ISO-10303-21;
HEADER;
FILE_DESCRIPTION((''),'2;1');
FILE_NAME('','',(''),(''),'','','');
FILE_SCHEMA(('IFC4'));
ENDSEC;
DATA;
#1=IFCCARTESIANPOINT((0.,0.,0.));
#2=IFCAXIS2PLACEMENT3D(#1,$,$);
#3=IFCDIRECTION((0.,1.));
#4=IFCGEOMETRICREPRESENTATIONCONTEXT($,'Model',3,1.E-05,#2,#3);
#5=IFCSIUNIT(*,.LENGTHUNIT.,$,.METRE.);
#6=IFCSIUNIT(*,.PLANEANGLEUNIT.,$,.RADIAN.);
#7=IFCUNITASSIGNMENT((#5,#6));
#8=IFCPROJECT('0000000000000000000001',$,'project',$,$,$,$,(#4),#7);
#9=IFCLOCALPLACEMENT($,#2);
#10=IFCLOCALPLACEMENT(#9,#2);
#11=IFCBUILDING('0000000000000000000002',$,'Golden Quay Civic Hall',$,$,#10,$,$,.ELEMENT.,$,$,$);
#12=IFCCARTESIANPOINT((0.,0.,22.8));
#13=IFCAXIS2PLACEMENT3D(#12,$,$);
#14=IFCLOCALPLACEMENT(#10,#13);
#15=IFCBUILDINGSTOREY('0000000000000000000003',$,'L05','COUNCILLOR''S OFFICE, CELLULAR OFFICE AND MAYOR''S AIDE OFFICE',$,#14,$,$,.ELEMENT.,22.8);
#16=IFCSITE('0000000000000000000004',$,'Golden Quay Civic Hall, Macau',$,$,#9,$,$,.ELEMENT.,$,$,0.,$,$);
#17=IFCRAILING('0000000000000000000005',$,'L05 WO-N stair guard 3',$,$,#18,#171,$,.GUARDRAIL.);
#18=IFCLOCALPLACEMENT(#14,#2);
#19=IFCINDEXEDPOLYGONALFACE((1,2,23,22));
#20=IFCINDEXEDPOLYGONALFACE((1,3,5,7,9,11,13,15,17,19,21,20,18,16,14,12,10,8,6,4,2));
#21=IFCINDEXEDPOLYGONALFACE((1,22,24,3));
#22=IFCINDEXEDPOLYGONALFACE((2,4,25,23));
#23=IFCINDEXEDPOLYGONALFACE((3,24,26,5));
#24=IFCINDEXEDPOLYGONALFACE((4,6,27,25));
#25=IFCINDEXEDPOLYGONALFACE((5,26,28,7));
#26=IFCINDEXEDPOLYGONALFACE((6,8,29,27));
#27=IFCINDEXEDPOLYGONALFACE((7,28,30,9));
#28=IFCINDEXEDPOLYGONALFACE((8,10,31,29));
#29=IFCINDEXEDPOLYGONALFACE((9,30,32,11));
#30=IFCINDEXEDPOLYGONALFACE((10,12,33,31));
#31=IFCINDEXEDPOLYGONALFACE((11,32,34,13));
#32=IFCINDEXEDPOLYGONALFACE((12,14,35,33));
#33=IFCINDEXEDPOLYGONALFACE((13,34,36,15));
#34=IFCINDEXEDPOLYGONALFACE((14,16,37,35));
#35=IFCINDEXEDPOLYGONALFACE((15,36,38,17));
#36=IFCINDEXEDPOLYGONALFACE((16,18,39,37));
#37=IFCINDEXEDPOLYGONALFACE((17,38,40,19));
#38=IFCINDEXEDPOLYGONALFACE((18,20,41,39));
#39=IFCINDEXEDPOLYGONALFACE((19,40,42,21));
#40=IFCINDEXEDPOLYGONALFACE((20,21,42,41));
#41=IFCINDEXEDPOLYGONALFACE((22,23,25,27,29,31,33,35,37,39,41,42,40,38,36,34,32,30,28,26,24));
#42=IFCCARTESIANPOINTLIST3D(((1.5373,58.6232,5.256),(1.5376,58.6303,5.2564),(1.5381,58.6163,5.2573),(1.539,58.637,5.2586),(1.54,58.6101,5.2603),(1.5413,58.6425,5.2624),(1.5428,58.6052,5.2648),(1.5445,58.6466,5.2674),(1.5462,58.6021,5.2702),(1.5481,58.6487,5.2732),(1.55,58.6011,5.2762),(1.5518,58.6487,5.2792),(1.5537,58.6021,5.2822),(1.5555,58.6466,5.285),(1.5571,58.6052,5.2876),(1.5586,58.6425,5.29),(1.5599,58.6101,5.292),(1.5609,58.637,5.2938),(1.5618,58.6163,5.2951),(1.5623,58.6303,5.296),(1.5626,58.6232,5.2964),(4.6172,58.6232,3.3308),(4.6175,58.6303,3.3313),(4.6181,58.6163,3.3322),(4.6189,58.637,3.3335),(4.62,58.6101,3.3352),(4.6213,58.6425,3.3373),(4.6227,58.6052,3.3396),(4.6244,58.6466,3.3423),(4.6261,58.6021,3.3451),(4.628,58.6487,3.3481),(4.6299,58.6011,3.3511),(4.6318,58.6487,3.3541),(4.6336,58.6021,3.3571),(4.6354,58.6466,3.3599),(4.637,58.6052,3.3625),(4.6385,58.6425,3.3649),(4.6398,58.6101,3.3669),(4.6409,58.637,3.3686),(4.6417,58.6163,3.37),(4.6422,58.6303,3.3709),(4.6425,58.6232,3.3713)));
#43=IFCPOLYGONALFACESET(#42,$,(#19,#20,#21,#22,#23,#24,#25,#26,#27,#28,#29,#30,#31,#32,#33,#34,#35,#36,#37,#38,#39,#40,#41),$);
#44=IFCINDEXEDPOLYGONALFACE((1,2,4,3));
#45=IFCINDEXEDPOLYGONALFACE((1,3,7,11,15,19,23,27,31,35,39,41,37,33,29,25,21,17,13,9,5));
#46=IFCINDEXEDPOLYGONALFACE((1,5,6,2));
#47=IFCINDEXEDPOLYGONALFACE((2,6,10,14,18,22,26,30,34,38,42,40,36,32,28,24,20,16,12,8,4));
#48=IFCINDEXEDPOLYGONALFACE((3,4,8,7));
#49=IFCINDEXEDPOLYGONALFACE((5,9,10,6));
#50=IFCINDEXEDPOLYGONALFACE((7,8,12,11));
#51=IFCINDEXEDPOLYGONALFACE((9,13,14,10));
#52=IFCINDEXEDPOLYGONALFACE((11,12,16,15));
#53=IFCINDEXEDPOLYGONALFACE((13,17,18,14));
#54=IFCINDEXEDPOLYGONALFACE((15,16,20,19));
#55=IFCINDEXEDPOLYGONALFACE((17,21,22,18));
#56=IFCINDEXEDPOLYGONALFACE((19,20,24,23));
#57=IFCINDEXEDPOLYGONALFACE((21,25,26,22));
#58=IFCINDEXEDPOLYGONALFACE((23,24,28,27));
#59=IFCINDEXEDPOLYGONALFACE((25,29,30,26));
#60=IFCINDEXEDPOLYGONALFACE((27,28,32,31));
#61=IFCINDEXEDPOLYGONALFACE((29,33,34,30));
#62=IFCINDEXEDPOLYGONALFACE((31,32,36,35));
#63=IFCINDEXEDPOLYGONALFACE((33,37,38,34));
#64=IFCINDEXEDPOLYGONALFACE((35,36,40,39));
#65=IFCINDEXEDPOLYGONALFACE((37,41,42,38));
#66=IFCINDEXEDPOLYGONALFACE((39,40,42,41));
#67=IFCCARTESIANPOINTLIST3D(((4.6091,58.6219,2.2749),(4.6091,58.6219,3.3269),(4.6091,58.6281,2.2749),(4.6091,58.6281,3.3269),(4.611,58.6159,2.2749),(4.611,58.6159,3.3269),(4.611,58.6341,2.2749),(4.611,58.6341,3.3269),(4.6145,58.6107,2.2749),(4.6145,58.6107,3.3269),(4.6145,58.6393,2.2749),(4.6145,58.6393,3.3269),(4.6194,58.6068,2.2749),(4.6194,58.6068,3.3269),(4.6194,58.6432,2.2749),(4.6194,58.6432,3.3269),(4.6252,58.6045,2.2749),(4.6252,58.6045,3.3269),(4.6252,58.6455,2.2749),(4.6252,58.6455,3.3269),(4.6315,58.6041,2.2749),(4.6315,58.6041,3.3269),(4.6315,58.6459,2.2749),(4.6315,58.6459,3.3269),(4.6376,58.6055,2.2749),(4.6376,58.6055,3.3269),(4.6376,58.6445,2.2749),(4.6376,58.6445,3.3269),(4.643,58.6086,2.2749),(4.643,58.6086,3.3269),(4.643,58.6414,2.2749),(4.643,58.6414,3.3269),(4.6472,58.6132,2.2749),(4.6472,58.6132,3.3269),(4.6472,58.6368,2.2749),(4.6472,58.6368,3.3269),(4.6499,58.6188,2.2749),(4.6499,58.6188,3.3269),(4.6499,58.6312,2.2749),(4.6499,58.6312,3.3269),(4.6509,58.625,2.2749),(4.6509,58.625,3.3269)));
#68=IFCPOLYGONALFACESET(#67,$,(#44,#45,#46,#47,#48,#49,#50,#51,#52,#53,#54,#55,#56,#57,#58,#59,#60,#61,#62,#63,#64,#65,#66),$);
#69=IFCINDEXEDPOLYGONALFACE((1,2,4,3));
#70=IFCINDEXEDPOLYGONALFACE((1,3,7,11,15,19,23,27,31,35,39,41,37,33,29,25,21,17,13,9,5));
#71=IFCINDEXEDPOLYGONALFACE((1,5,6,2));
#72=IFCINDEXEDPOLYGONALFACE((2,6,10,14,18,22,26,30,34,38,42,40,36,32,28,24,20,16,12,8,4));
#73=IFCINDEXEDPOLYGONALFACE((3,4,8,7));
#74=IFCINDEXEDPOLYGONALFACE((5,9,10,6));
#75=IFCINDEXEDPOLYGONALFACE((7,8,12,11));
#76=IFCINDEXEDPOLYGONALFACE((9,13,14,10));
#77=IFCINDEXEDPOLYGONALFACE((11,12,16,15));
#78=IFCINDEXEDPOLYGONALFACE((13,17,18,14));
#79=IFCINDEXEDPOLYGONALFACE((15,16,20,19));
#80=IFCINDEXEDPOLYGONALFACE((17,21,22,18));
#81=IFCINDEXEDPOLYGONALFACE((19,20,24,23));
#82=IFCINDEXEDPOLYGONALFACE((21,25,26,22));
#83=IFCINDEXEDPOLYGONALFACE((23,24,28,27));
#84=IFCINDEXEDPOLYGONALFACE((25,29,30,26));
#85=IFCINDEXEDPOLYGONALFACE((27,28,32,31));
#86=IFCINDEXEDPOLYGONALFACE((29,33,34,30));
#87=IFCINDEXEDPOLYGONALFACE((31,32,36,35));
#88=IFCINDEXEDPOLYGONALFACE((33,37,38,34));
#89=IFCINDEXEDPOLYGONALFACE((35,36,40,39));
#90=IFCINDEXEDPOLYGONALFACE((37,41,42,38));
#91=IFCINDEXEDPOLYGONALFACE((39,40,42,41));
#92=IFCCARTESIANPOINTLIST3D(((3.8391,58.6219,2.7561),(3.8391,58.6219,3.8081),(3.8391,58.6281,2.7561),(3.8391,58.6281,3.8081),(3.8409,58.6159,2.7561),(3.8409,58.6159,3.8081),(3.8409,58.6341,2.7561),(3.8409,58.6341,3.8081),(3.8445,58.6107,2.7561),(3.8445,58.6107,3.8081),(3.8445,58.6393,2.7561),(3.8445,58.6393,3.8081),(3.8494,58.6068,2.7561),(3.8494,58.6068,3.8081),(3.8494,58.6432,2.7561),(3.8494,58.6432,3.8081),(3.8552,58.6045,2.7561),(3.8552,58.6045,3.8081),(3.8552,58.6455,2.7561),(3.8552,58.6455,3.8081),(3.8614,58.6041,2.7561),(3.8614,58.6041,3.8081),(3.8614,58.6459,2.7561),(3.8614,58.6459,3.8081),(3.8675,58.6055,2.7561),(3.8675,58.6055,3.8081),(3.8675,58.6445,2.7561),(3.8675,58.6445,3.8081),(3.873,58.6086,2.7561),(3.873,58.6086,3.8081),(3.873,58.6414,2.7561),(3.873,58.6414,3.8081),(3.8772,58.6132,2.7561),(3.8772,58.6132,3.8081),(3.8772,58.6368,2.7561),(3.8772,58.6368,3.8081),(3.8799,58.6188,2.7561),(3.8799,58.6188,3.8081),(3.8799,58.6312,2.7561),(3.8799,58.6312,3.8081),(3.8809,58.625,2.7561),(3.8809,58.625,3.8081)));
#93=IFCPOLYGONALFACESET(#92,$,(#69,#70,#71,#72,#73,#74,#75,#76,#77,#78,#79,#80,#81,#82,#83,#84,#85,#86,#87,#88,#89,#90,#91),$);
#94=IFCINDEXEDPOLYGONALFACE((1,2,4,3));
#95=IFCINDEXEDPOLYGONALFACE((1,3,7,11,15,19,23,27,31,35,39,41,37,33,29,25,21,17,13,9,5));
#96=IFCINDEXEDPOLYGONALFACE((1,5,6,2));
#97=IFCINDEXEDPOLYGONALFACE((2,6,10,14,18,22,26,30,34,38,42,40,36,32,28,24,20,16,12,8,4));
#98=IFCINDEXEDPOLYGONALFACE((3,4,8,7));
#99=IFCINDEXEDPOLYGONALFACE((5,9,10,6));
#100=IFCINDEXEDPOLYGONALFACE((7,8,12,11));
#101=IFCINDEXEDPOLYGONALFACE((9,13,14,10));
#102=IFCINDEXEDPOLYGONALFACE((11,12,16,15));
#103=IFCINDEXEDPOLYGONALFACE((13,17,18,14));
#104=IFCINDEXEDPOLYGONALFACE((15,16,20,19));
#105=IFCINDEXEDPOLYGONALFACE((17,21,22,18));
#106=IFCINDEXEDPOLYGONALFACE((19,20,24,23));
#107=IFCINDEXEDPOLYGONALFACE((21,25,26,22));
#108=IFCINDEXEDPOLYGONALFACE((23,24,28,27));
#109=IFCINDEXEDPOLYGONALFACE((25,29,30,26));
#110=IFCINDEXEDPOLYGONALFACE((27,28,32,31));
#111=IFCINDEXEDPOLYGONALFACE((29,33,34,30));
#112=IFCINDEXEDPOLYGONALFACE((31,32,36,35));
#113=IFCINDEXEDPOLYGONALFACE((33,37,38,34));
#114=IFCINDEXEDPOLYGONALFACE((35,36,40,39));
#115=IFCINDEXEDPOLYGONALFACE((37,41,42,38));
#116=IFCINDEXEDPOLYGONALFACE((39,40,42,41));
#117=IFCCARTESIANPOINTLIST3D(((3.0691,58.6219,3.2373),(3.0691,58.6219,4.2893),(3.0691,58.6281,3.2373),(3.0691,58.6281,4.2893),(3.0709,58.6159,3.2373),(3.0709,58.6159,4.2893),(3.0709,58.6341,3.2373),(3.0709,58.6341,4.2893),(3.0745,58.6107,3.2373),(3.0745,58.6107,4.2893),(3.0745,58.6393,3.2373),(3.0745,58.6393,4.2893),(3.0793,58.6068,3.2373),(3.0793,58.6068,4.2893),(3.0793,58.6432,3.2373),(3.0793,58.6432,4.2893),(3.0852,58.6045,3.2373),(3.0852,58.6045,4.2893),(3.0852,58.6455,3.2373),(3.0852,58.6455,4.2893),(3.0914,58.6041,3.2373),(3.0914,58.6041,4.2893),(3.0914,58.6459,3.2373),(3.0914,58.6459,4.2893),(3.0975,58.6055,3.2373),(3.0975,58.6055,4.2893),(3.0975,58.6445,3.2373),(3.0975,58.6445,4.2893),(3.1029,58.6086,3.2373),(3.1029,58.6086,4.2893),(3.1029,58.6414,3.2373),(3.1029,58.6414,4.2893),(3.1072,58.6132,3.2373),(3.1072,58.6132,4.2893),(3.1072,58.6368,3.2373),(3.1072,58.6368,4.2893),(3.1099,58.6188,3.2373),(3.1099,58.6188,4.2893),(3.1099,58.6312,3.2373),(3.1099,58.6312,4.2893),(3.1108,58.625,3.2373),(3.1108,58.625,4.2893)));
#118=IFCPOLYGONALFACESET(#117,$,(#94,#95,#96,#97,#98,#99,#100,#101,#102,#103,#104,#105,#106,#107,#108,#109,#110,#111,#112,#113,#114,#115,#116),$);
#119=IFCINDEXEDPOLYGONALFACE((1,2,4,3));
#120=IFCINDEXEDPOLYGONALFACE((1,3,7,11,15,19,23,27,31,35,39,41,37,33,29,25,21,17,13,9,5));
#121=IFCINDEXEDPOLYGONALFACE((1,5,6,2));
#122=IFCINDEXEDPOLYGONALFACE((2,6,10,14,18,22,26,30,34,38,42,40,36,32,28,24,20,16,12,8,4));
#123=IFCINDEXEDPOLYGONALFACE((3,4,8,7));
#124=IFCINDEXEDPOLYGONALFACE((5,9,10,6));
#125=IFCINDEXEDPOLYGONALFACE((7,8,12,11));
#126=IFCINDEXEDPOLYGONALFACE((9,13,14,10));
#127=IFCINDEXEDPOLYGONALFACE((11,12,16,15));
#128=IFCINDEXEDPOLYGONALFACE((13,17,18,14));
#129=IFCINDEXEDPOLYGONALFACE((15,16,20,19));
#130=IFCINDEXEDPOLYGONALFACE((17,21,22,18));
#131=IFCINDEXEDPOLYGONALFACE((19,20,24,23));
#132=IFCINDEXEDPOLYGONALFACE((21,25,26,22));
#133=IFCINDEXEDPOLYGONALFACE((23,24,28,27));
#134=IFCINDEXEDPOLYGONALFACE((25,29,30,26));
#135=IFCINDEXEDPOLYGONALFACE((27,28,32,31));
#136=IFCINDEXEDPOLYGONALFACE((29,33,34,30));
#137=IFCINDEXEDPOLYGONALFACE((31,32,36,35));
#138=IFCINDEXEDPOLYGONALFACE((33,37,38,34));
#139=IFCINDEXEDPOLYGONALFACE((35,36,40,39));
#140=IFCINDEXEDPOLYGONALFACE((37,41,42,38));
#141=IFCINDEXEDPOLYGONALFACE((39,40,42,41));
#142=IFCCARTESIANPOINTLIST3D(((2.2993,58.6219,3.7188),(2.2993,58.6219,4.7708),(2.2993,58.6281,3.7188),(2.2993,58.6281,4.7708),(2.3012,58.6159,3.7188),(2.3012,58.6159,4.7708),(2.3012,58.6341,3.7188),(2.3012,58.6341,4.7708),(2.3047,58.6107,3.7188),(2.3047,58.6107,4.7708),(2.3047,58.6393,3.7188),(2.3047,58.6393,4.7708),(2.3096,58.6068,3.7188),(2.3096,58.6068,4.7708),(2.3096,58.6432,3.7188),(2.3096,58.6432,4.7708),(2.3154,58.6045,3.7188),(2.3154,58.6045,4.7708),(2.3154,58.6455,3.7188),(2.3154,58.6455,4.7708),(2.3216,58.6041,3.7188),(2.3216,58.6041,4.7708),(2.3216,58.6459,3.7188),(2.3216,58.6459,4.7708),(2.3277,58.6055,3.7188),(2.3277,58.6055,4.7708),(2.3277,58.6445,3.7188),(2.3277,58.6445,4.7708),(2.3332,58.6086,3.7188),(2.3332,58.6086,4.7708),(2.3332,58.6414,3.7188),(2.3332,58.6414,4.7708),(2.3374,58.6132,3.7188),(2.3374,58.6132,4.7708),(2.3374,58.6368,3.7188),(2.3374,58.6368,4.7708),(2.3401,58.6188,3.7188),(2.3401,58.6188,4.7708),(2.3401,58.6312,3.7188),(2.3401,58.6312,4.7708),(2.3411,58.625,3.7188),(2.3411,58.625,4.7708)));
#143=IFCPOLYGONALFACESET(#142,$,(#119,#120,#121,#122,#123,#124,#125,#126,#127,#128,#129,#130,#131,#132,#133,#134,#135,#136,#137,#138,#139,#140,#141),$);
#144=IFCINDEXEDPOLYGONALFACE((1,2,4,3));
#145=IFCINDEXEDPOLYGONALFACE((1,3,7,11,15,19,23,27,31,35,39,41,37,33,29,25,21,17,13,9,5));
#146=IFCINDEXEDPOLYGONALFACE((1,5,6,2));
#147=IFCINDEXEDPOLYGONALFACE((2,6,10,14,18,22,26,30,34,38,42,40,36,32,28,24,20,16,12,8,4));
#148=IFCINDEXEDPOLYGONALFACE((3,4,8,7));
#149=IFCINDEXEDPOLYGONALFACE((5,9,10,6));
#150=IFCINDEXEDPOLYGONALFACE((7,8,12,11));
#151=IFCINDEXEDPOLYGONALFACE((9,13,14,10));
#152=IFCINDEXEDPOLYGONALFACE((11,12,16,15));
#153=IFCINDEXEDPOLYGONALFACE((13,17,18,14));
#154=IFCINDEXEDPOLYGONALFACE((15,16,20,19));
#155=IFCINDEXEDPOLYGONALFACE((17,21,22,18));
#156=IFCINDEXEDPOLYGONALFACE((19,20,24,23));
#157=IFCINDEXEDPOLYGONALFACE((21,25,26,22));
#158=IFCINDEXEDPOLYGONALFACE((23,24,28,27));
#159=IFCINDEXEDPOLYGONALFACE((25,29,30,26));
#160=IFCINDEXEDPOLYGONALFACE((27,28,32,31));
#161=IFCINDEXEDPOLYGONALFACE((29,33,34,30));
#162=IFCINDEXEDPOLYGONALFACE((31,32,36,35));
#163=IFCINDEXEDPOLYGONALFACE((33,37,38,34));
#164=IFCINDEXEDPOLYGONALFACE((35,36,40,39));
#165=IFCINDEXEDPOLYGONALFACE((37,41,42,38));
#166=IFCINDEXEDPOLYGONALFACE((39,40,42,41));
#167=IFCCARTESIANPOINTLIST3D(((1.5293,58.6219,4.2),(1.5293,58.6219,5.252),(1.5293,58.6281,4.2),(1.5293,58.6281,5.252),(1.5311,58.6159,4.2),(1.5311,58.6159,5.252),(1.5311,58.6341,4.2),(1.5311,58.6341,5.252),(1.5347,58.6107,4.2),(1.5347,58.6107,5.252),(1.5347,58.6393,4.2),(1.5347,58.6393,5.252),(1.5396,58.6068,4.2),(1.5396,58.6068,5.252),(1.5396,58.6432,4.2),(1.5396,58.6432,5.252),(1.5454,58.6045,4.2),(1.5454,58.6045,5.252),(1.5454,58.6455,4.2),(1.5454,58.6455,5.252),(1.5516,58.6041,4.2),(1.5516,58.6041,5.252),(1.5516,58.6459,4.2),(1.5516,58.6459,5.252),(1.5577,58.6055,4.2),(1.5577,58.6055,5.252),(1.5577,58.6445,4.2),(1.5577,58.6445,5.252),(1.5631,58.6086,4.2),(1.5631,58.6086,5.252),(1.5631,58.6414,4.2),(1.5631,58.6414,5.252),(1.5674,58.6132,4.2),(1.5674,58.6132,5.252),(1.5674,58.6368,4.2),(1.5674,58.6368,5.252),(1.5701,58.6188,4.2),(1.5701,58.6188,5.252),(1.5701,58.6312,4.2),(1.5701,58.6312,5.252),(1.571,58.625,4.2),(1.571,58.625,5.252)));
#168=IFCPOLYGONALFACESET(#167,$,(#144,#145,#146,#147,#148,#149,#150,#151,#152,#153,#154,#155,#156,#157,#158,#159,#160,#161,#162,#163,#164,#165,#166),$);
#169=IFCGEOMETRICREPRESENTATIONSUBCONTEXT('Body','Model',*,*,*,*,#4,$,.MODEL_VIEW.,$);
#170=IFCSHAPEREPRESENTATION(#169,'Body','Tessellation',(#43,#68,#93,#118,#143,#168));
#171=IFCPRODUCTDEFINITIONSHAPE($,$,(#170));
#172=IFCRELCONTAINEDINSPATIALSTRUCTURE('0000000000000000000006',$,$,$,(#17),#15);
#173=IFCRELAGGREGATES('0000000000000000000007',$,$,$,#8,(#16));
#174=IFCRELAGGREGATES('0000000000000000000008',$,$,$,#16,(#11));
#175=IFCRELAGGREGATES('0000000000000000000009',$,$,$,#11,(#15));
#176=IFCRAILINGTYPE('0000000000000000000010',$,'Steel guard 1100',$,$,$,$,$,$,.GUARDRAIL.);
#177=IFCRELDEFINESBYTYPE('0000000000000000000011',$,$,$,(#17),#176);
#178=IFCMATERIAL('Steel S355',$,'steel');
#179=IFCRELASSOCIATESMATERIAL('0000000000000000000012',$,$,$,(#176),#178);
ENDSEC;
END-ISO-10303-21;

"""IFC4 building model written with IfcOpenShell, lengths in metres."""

from ifc_helpers import new_model, si_unit, direction, frame, origin, origin_2d, place, context, subcontext, project, spatial, circle, extrude, material, type_object, element, save


model = new_model("IFC4")

# Units and contexts
model_context = context("Model", 3, precision=1e-05, world=origin(), true_north=direction((0.0, 1.0)))
body_context = subcontext(model_context, "Body", "Model", "MODEL_VIEW")
ifc_project = project(units=[si_unit("LENGTHUNIT", "METRE"), si_unit("PLANEANGLEUNIT", "RADIAN")], contexts=[model_context])

# Site, building, storey
site_placement = place(None, origin())
site = spatial("IfcSite", under=ifc_project, at=site_placement, Name="Golden Quay Civic Hall, Macau", CompositionType="ELEMENT", RefElevation=0.0)
building_placement = place(site_placement, origin())
building = spatial("IfcBuilding", under=site, at=building_placement, Name="Golden Quay Civic Hall", CompositionType="ELEMENT")
storey_placement = place(building_placement, frame((0.0, 0.0, 22.8)))
storey = spatial("IfcBuildingStorey", under=building, at=storey_placement, Name="L05", Description="COUNCILLOR'S OFFICE, CELLULAR OFFICE AND MAYOR'S AIDE OFFICE", CompositionType="ELEMENT", Elevation=22.8)

# Railing
ifc_material_1 = material(Name="Steel S355", Category="steel")
railing_type_1 = type_object("IfcRailingType", Name="Steel guard 1100", PredefinedType="GUARDRAIL", material=ifc_material_1)
railing_1_placement = place(storey_placement, frame((4.6299, 58.625, 2.2749)))
element("IfcRailing", 1, at=railing_1_placement, inside=storey, type_object=railing_type_1, Name="L05 WO-N stair guard 3", PredefinedType="GUARDRAIL", context=body_context, shape_type="SweptSolid", body=[
    extrude(circle(Radius=0.0239, at=origin_2d()), frame((0.0, 0.0, 1.0762), z_axis=(-0.847979, 0.0, 0.530029), x_axis=(0.0, -1.0, 0.0)), (0.0, 0.0, 1.0), 3.6321),
    extrude(circle(Radius=0.021, at=origin_2d()), origin(), (0.0, 0.0, 1.0), 1.052),
    extrude(circle(Radius=0.021, at=origin_2d()), frame((-0.77, 0.0, 0.4812)), (0.0, 0.0, 1.0), 1.052),
    extrude(circle(Radius=0.021, at=origin_2d()), frame((-1.54, 0.0, 0.9624)), (0.0, 0.0, 1.0), 1.052),
    extrude(circle(Radius=0.021, at=origin_2d()), frame((-2.3098, 0.0, 1.4438)), (0.0, 0.0, 1.0), 1.052),
    extrude(circle(Radius=0.021, at=origin_2d()), frame((-3.0798, 0.0, 1.925)), (0.0, 0.0, 1.0), 1.052),
])

save(model, "model.ifc")
